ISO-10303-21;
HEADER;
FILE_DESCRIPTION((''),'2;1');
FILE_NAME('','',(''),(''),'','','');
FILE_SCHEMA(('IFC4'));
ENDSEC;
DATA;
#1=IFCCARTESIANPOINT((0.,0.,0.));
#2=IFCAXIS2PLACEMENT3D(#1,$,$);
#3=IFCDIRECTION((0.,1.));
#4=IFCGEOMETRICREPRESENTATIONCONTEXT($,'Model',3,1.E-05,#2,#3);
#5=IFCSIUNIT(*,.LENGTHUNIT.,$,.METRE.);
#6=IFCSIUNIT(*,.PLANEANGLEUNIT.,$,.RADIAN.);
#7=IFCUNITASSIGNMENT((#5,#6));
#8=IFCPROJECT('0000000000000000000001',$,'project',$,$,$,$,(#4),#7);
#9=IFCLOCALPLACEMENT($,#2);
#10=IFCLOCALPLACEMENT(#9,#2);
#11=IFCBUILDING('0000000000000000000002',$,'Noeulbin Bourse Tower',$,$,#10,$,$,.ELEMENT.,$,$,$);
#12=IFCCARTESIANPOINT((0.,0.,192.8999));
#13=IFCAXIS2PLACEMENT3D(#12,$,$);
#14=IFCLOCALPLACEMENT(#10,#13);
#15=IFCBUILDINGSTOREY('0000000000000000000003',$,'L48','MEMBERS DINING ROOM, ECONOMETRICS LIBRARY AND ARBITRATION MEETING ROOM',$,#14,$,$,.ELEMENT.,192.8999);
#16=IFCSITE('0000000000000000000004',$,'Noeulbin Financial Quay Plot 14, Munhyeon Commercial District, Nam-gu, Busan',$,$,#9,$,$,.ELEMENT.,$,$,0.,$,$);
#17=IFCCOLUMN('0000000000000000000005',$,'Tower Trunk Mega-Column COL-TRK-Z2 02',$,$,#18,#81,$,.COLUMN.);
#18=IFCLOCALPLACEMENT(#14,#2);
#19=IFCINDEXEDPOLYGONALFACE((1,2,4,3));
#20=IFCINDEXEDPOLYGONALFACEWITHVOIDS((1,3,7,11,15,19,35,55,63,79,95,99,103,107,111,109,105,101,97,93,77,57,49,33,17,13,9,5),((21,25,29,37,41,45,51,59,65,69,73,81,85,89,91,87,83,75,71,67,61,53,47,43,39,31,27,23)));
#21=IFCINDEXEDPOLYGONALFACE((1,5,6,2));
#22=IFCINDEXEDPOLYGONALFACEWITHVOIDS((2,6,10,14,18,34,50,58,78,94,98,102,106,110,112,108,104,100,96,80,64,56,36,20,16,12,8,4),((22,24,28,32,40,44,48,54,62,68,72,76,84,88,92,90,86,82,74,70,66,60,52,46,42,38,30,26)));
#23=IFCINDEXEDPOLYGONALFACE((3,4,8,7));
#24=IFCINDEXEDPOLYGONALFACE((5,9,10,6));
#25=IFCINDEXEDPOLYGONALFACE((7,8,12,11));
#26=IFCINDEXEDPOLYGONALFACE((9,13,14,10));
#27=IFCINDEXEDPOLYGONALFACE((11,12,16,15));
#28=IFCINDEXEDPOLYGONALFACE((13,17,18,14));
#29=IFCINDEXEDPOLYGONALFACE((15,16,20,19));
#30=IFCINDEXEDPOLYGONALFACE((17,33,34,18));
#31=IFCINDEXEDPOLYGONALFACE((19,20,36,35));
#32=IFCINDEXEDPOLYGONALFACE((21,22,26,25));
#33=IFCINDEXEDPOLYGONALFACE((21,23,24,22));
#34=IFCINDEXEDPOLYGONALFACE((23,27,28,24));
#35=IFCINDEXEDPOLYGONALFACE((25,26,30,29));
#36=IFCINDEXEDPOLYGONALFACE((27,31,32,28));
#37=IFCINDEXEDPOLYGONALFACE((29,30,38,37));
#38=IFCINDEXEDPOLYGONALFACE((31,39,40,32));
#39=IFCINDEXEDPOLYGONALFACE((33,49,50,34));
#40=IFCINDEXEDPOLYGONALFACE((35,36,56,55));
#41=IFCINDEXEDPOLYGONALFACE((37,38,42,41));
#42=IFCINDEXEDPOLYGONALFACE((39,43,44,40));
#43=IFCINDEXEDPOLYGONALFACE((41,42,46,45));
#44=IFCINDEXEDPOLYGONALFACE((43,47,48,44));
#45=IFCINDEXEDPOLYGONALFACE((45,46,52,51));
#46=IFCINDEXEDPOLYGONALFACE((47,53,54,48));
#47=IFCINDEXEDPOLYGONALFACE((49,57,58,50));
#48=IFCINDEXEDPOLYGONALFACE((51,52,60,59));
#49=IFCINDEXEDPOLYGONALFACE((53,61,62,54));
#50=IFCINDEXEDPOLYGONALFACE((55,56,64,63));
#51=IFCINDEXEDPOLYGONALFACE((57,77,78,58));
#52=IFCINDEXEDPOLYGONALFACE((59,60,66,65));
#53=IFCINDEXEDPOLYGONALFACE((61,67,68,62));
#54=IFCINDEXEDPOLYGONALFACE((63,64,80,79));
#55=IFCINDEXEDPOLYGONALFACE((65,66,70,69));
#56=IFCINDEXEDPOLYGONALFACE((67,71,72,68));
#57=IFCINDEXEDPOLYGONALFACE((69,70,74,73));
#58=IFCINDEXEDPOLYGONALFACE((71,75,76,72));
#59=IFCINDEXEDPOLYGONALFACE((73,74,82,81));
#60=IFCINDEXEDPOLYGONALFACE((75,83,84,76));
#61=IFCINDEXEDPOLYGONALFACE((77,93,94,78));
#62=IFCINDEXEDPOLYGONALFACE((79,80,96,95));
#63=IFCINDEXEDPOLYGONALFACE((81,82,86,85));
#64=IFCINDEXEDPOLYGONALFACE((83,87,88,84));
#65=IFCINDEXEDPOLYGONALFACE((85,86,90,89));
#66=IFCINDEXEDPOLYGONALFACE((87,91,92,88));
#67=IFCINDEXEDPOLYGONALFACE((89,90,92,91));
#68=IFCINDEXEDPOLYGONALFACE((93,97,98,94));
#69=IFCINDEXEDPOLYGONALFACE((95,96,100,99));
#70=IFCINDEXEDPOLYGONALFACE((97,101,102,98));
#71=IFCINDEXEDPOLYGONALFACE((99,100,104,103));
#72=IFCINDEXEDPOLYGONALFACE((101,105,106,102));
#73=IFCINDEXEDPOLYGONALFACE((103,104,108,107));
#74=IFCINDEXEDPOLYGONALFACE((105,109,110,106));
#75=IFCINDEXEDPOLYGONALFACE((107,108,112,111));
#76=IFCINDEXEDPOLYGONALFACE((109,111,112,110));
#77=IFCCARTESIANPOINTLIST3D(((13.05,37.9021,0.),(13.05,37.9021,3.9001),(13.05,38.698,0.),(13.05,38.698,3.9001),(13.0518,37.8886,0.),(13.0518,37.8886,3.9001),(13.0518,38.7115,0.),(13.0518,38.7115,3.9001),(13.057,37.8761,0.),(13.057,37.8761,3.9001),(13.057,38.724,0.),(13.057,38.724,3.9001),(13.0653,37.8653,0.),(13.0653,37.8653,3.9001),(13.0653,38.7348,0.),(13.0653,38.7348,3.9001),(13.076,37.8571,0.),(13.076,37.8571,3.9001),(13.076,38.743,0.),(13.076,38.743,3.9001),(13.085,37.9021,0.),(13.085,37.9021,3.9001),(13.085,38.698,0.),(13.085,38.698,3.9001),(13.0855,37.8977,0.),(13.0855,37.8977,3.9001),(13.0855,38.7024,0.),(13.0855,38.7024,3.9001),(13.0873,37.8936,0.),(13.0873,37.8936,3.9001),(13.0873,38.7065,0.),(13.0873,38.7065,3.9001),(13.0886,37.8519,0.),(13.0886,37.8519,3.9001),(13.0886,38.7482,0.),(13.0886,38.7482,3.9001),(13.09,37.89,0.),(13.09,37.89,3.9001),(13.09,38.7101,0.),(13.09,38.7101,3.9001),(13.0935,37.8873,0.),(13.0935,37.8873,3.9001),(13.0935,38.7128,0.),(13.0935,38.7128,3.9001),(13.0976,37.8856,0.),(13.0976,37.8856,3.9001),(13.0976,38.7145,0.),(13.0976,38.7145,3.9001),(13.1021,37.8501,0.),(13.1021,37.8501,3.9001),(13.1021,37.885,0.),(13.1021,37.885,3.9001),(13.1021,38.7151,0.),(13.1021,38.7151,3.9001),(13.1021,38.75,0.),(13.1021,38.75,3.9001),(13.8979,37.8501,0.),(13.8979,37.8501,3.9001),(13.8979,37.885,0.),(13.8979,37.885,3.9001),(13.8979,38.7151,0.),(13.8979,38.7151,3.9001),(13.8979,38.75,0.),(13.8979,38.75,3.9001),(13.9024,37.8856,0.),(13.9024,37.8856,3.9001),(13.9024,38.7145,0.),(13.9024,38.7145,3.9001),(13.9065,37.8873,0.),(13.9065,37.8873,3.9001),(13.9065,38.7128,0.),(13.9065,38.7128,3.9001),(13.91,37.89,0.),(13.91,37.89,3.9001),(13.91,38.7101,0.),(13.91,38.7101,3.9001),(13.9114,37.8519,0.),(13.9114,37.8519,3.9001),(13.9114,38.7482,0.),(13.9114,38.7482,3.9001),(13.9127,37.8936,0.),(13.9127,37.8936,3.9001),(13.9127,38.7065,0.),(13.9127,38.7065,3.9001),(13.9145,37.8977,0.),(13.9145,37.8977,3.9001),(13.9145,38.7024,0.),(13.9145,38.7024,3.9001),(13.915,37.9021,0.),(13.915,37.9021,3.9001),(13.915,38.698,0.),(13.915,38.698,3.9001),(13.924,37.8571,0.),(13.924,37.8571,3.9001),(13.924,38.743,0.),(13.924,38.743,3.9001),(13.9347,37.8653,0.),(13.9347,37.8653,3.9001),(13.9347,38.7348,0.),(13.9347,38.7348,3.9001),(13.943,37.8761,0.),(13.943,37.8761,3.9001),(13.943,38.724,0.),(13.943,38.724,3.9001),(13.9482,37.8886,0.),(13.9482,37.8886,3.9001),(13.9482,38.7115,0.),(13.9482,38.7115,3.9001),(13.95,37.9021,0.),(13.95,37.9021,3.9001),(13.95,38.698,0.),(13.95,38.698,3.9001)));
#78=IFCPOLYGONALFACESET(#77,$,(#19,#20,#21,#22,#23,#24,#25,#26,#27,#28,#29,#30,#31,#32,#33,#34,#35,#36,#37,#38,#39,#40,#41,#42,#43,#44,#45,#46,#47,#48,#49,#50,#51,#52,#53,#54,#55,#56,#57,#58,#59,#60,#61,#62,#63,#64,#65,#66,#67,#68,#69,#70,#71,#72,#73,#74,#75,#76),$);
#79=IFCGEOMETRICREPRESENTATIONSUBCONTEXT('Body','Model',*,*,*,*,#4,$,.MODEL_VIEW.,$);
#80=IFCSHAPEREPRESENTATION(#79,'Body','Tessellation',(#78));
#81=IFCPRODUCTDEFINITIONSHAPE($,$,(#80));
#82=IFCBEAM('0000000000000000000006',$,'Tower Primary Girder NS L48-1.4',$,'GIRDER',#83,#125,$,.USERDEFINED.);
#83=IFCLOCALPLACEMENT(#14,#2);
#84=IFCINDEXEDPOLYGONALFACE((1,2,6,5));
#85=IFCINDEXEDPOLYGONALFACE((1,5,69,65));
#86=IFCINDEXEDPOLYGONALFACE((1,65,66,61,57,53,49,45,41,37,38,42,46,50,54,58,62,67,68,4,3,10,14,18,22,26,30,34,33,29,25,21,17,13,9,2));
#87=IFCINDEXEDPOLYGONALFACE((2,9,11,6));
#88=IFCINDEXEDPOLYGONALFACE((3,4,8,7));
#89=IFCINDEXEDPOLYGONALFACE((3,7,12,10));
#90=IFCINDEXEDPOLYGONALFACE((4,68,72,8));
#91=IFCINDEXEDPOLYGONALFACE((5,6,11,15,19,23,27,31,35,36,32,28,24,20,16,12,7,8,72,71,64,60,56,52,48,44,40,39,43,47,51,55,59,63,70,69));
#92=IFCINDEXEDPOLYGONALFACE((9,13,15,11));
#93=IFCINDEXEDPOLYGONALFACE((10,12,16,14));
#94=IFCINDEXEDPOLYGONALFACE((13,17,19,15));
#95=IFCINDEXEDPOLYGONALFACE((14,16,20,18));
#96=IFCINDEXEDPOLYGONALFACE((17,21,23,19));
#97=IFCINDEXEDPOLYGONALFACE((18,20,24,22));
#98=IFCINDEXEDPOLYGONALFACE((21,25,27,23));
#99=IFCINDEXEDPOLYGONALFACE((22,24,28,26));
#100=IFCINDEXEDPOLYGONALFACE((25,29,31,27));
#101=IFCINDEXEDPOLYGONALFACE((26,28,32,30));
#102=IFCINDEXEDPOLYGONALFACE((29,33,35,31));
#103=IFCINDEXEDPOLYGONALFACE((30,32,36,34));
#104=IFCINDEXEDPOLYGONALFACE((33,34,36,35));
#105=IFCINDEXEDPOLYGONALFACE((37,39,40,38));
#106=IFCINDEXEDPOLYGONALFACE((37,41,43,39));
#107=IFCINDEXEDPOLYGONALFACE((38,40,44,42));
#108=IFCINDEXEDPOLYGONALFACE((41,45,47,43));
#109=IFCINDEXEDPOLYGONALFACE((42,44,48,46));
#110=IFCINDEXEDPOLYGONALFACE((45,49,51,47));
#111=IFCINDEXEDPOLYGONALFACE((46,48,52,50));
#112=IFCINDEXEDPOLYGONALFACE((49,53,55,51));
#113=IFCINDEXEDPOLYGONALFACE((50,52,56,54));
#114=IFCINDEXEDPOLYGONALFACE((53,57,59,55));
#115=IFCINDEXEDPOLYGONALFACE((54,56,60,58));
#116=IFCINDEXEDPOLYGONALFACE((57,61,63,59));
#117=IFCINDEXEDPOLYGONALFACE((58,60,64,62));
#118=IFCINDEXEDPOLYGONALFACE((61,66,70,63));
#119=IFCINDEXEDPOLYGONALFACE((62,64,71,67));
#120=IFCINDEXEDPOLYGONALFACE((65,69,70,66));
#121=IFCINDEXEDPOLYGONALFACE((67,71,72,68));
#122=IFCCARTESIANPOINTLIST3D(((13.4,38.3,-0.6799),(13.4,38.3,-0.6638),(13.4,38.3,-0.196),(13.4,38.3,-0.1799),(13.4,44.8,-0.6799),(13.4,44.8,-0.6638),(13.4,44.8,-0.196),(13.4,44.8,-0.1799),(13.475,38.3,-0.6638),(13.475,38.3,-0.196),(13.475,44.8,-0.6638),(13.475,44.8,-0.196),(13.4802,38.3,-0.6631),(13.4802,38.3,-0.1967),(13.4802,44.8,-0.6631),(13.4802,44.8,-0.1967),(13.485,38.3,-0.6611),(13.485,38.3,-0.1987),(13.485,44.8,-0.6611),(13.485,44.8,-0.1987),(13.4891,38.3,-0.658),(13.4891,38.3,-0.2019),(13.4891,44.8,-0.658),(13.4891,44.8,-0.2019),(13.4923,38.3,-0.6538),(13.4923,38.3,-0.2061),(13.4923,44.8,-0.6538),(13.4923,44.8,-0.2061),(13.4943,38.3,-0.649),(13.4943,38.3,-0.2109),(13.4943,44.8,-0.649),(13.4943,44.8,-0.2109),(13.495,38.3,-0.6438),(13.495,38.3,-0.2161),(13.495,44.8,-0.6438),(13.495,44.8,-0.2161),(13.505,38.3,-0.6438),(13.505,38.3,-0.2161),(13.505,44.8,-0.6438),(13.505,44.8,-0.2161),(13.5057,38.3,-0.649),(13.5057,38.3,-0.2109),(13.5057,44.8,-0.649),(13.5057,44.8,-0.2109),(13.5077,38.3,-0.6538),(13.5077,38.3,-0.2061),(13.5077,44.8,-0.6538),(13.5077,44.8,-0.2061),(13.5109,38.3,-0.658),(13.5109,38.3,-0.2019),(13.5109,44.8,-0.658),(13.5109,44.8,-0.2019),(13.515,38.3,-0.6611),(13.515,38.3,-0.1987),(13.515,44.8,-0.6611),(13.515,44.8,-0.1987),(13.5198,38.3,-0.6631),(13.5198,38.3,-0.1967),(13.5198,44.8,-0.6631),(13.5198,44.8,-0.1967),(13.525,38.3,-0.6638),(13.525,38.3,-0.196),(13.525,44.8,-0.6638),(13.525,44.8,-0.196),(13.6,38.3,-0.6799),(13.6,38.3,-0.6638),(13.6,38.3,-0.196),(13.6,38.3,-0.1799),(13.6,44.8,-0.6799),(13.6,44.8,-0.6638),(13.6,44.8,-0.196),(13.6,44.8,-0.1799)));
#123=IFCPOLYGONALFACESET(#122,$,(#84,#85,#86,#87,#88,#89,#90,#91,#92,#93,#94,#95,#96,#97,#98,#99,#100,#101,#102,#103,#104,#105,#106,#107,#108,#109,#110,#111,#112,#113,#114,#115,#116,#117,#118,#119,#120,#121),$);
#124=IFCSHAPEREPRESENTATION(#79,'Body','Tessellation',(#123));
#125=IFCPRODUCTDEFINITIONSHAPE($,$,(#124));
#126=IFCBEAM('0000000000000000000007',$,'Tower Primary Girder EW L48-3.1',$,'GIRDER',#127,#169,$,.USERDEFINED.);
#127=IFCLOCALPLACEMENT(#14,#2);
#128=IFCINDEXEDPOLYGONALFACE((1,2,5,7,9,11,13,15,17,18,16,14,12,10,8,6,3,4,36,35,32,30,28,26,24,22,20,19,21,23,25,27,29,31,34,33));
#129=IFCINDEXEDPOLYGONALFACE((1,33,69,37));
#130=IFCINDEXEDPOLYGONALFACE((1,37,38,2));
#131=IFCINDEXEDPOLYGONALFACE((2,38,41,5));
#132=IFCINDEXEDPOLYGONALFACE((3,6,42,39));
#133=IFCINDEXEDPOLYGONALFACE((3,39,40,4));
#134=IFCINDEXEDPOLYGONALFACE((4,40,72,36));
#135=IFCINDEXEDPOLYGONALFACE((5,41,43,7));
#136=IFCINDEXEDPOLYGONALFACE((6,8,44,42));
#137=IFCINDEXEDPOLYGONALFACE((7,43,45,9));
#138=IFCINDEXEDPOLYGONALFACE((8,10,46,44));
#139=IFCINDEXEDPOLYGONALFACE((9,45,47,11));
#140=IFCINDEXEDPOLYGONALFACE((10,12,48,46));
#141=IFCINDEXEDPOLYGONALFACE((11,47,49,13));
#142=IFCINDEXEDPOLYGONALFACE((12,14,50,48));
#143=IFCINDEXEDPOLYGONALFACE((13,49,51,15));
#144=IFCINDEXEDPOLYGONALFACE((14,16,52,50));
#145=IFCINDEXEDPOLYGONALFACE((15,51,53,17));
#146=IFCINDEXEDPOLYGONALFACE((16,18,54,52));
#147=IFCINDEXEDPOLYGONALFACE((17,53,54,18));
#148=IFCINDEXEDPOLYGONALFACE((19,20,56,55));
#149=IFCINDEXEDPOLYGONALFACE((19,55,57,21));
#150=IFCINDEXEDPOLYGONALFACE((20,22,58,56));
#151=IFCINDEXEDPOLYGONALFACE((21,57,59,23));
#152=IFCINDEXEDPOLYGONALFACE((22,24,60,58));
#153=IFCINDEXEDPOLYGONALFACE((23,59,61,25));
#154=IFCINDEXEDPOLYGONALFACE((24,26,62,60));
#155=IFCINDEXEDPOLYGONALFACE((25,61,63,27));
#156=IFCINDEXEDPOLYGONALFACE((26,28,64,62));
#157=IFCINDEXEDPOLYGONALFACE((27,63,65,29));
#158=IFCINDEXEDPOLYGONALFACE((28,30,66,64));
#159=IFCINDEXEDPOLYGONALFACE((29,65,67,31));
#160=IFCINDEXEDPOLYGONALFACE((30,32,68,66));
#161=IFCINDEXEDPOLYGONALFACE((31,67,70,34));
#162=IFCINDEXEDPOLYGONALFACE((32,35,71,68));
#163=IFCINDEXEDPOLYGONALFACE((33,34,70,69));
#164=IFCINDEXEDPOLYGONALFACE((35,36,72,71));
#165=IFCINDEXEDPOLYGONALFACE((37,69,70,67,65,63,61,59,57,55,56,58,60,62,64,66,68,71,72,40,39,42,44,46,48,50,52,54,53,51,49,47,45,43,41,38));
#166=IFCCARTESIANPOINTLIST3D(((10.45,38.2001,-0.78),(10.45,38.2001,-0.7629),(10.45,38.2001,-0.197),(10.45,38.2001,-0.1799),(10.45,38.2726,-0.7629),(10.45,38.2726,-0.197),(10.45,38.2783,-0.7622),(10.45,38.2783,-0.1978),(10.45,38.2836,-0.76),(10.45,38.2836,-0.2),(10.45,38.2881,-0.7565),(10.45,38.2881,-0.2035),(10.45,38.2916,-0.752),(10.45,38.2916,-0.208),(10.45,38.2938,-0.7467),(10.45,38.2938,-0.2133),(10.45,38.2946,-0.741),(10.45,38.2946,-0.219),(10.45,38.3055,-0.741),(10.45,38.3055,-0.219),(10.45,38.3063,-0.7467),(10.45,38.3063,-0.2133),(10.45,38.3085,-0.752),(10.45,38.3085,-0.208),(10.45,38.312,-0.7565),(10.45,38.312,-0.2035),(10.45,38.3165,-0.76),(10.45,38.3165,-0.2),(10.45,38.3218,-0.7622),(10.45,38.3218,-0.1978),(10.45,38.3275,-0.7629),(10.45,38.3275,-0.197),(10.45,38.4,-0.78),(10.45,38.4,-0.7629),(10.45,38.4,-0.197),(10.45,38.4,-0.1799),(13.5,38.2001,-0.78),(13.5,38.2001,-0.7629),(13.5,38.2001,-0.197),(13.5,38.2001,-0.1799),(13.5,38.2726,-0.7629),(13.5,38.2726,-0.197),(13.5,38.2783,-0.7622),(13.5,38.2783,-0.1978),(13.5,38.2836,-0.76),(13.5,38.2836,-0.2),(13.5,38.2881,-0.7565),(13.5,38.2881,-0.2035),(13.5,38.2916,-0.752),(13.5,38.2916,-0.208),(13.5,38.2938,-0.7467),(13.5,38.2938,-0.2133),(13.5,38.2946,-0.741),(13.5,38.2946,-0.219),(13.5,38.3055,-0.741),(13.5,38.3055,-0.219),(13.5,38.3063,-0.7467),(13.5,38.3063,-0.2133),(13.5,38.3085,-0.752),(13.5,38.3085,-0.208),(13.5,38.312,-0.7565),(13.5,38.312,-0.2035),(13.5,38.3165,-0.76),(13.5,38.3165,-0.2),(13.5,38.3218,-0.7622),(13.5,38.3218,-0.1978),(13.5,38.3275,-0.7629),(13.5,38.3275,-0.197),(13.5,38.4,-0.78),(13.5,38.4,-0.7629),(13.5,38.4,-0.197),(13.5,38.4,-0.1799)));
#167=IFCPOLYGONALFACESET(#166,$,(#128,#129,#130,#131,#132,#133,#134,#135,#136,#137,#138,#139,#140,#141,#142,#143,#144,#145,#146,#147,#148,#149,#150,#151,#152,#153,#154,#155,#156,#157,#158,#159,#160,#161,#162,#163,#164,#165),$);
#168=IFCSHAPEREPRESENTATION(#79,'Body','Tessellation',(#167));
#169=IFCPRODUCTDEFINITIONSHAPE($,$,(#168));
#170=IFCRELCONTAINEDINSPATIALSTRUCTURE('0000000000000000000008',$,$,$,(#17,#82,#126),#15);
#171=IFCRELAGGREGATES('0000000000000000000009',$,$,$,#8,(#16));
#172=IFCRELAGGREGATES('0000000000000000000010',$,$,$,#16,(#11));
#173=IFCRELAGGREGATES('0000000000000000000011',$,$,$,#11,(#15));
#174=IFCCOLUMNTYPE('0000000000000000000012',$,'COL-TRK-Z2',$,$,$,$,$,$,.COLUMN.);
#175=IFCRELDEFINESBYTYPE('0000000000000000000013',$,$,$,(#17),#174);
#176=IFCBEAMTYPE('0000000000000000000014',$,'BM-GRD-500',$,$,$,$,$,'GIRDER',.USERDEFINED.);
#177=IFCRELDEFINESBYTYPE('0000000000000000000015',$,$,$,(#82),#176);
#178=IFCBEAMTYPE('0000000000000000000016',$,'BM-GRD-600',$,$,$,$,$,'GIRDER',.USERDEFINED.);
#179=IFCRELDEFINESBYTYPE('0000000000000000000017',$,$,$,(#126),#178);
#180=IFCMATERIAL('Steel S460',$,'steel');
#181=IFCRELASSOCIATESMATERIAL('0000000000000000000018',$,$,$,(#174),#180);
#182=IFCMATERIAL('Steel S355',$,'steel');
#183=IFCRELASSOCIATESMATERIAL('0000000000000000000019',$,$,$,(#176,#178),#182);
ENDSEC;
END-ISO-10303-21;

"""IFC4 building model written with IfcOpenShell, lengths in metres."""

from ifc_helpers import new_model, si_unit, direction, frame, origin, origin_2d, place, context, subcontext, project, spatial, hollow_rectangle, i_section, extrude, material, material_profile, profile_set, type_object, element, save


model = new_model("IFC4")

# Units and contexts
model_context = context("Model", 3, precision=1e-05, world=origin(), true_north=direction((0.0, 1.0)))
body_context = subcontext(model_context, "Body", "Model", "MODEL_VIEW")
ifc_project = project(units=[si_unit("LENGTHUNIT", "METRE"), si_unit("PLANEANGLEUNIT", "RADIAN")], contexts=[model_context])

# Site, building, storey
site_placement = place(None, origin())
site = spatial("IfcSite", under=ifc_project, at=site_placement, Name="Noeulbin Financial Quay Plot 14, Munhyeon Commercial District, Nam-gu, Busan", CompositionType="ELEMENT", RefElevation=0.0)
building_placement = place(site_placement, origin())
building = spatial("IfcBuilding", under=site, at=building_placement, Name="Noeulbin Bourse Tower", CompositionType="ELEMENT")
storey_placement = place(building_placement, frame((0.0, 0.0, 192.8999)))
storey = spatial("IfcBuildingStorey", under=building, at=storey_placement, Name="L48", Description="MEMBERS DINING ROOM, ECONOMETRICS LIBRARY AND ARBITRATION MEETING ROOM", CompositionType="ELEMENT", Elevation=192.8999)

# Column
ifc_material_1 = material(Name="Steel S355", Category="steel")
ifc_material_2 = material(Name="Steel S460", Category="steel")
ifc_material_profile_1 = material_profile(ifc_material_2, hollow_rectangle(XDim=0.8999, YDim=0.8999, WallThickness=0.0349, InnerFilletRadius=0.0171, OuterFilletRadius=0.052, at=origin_2d()), Name="BOX-900x900x35", Category="LoadBearing")
ifc_profile_set_1 = profile_set([ifc_material_profile_1], Name="Steel S460")
column_type_1 = type_object("IfcColumnType", Name="COL-TRK-Z2", PredefinedType="COLUMN", material=ifc_profile_set_1)
column_1_placement = place(storey_placement, frame((13.5, 38.3, 0.0), z_axis=(0.0, 0.0, 1.0), x_axis=(1.0, 0.0, 0.0)))
element("IfcColumn", 1, at=column_1_placement, inside=storey, type_object=column_type_1, Name="Tower Trunk Mega-Column COL-TRK-Z2 02", PredefinedType="COLUMN", context=body_context, shape_type="SweptSolid", body=[
    extrude(hollow_rectangle(XDim=0.8999, YDim=0.8999, WallThickness=0.0349, InnerFilletRadius=0.0171, OuterFilletRadius=0.052, at=origin_2d()), origin(), (0.0, 0.0, 1.0), 3.9001),
])

# Beams
ifc_material_profile_2 = material_profile(ifc_material_1, i_section(OverallWidth=0.2, OverallDepth=0.5, WebThickness=0.01, FlangeThickness=0.0161, FilletRadius=0.02, at=origin_2d()), Name="H-500x200x10x16", Category="LoadBearing")
ifc_profile_set_2 = profile_set([ifc_material_profile_2], Name="Steel S355")
beam_type_1 = type_object("IfcBeamType", Name="BM-GRD-500", ElementType="GIRDER", PredefinedType="USERDEFINED", material=ifc_profile_set_2)
beam_1_placement = place(storey_placement, frame((13.5, 38.3, -0.4299), z_axis=(0.0, 1.0, 0.0), x_axis=(-1.0, 0.0, 0.0)))
element("IfcBeam", 2, at=beam_1_placement, inside=storey, type_object=beam_type_1, Name="Tower Primary Girder NS L48-1.4", ObjectType="GIRDER", PredefinedType="USERDEFINED", context=body_context, shape_type="SweptSolid", body=[
    extrude(i_section(OverallWidth=0.2, OverallDepth=0.5, WebThickness=0.01, FlangeThickness=0.0161, FilletRadius=0.02, at=origin_2d()), origin(), (0.0, 0.0, 1.0), 6.5),
])
ifc_material_profile_3 = material_profile(ifc_material_1, i_section(OverallWidth=0.2, OverallDepth=0.6001, WebThickness=0.011, FlangeThickness=0.0171, FilletRadius=0.022, at=origin_2d()), Name="H-600x200x11x17", Category="LoadBearing")
ifc_profile_set_3 = profile_set([ifc_material_profile_3], Name="Steel S355")
beam_type_2 = type_object("IfcBeamType", Name="BM-GRD-600", ElementType="GIRDER", PredefinedType="USERDEFINED", material=ifc_profile_set_3)
beam_2_placement = place(storey_placement, frame((10.45, 38.3, -0.48), z_axis=(1.0, 0.0, 0.0), x_axis=(0.0, 1.0, 0.0)))
element("IfcBeam", 3, at=beam_2_placement, inside=storey, type_object=beam_type_2, Name="Tower Primary Girder EW L48-3.1", ObjectType="GIRDER", PredefinedType="USERDEFINED", context=body_context, shape_type="SweptSolid", body=[
    extrude(i_section(OverallWidth=0.2, OverallDepth=0.6001, WebThickness=0.011, FlangeThickness=0.0171, FilletRadius=0.022, at=origin_2d()), origin(), (0.0, 0.0, 1.0), 3.05),
])

save(model, "model.ifc")
